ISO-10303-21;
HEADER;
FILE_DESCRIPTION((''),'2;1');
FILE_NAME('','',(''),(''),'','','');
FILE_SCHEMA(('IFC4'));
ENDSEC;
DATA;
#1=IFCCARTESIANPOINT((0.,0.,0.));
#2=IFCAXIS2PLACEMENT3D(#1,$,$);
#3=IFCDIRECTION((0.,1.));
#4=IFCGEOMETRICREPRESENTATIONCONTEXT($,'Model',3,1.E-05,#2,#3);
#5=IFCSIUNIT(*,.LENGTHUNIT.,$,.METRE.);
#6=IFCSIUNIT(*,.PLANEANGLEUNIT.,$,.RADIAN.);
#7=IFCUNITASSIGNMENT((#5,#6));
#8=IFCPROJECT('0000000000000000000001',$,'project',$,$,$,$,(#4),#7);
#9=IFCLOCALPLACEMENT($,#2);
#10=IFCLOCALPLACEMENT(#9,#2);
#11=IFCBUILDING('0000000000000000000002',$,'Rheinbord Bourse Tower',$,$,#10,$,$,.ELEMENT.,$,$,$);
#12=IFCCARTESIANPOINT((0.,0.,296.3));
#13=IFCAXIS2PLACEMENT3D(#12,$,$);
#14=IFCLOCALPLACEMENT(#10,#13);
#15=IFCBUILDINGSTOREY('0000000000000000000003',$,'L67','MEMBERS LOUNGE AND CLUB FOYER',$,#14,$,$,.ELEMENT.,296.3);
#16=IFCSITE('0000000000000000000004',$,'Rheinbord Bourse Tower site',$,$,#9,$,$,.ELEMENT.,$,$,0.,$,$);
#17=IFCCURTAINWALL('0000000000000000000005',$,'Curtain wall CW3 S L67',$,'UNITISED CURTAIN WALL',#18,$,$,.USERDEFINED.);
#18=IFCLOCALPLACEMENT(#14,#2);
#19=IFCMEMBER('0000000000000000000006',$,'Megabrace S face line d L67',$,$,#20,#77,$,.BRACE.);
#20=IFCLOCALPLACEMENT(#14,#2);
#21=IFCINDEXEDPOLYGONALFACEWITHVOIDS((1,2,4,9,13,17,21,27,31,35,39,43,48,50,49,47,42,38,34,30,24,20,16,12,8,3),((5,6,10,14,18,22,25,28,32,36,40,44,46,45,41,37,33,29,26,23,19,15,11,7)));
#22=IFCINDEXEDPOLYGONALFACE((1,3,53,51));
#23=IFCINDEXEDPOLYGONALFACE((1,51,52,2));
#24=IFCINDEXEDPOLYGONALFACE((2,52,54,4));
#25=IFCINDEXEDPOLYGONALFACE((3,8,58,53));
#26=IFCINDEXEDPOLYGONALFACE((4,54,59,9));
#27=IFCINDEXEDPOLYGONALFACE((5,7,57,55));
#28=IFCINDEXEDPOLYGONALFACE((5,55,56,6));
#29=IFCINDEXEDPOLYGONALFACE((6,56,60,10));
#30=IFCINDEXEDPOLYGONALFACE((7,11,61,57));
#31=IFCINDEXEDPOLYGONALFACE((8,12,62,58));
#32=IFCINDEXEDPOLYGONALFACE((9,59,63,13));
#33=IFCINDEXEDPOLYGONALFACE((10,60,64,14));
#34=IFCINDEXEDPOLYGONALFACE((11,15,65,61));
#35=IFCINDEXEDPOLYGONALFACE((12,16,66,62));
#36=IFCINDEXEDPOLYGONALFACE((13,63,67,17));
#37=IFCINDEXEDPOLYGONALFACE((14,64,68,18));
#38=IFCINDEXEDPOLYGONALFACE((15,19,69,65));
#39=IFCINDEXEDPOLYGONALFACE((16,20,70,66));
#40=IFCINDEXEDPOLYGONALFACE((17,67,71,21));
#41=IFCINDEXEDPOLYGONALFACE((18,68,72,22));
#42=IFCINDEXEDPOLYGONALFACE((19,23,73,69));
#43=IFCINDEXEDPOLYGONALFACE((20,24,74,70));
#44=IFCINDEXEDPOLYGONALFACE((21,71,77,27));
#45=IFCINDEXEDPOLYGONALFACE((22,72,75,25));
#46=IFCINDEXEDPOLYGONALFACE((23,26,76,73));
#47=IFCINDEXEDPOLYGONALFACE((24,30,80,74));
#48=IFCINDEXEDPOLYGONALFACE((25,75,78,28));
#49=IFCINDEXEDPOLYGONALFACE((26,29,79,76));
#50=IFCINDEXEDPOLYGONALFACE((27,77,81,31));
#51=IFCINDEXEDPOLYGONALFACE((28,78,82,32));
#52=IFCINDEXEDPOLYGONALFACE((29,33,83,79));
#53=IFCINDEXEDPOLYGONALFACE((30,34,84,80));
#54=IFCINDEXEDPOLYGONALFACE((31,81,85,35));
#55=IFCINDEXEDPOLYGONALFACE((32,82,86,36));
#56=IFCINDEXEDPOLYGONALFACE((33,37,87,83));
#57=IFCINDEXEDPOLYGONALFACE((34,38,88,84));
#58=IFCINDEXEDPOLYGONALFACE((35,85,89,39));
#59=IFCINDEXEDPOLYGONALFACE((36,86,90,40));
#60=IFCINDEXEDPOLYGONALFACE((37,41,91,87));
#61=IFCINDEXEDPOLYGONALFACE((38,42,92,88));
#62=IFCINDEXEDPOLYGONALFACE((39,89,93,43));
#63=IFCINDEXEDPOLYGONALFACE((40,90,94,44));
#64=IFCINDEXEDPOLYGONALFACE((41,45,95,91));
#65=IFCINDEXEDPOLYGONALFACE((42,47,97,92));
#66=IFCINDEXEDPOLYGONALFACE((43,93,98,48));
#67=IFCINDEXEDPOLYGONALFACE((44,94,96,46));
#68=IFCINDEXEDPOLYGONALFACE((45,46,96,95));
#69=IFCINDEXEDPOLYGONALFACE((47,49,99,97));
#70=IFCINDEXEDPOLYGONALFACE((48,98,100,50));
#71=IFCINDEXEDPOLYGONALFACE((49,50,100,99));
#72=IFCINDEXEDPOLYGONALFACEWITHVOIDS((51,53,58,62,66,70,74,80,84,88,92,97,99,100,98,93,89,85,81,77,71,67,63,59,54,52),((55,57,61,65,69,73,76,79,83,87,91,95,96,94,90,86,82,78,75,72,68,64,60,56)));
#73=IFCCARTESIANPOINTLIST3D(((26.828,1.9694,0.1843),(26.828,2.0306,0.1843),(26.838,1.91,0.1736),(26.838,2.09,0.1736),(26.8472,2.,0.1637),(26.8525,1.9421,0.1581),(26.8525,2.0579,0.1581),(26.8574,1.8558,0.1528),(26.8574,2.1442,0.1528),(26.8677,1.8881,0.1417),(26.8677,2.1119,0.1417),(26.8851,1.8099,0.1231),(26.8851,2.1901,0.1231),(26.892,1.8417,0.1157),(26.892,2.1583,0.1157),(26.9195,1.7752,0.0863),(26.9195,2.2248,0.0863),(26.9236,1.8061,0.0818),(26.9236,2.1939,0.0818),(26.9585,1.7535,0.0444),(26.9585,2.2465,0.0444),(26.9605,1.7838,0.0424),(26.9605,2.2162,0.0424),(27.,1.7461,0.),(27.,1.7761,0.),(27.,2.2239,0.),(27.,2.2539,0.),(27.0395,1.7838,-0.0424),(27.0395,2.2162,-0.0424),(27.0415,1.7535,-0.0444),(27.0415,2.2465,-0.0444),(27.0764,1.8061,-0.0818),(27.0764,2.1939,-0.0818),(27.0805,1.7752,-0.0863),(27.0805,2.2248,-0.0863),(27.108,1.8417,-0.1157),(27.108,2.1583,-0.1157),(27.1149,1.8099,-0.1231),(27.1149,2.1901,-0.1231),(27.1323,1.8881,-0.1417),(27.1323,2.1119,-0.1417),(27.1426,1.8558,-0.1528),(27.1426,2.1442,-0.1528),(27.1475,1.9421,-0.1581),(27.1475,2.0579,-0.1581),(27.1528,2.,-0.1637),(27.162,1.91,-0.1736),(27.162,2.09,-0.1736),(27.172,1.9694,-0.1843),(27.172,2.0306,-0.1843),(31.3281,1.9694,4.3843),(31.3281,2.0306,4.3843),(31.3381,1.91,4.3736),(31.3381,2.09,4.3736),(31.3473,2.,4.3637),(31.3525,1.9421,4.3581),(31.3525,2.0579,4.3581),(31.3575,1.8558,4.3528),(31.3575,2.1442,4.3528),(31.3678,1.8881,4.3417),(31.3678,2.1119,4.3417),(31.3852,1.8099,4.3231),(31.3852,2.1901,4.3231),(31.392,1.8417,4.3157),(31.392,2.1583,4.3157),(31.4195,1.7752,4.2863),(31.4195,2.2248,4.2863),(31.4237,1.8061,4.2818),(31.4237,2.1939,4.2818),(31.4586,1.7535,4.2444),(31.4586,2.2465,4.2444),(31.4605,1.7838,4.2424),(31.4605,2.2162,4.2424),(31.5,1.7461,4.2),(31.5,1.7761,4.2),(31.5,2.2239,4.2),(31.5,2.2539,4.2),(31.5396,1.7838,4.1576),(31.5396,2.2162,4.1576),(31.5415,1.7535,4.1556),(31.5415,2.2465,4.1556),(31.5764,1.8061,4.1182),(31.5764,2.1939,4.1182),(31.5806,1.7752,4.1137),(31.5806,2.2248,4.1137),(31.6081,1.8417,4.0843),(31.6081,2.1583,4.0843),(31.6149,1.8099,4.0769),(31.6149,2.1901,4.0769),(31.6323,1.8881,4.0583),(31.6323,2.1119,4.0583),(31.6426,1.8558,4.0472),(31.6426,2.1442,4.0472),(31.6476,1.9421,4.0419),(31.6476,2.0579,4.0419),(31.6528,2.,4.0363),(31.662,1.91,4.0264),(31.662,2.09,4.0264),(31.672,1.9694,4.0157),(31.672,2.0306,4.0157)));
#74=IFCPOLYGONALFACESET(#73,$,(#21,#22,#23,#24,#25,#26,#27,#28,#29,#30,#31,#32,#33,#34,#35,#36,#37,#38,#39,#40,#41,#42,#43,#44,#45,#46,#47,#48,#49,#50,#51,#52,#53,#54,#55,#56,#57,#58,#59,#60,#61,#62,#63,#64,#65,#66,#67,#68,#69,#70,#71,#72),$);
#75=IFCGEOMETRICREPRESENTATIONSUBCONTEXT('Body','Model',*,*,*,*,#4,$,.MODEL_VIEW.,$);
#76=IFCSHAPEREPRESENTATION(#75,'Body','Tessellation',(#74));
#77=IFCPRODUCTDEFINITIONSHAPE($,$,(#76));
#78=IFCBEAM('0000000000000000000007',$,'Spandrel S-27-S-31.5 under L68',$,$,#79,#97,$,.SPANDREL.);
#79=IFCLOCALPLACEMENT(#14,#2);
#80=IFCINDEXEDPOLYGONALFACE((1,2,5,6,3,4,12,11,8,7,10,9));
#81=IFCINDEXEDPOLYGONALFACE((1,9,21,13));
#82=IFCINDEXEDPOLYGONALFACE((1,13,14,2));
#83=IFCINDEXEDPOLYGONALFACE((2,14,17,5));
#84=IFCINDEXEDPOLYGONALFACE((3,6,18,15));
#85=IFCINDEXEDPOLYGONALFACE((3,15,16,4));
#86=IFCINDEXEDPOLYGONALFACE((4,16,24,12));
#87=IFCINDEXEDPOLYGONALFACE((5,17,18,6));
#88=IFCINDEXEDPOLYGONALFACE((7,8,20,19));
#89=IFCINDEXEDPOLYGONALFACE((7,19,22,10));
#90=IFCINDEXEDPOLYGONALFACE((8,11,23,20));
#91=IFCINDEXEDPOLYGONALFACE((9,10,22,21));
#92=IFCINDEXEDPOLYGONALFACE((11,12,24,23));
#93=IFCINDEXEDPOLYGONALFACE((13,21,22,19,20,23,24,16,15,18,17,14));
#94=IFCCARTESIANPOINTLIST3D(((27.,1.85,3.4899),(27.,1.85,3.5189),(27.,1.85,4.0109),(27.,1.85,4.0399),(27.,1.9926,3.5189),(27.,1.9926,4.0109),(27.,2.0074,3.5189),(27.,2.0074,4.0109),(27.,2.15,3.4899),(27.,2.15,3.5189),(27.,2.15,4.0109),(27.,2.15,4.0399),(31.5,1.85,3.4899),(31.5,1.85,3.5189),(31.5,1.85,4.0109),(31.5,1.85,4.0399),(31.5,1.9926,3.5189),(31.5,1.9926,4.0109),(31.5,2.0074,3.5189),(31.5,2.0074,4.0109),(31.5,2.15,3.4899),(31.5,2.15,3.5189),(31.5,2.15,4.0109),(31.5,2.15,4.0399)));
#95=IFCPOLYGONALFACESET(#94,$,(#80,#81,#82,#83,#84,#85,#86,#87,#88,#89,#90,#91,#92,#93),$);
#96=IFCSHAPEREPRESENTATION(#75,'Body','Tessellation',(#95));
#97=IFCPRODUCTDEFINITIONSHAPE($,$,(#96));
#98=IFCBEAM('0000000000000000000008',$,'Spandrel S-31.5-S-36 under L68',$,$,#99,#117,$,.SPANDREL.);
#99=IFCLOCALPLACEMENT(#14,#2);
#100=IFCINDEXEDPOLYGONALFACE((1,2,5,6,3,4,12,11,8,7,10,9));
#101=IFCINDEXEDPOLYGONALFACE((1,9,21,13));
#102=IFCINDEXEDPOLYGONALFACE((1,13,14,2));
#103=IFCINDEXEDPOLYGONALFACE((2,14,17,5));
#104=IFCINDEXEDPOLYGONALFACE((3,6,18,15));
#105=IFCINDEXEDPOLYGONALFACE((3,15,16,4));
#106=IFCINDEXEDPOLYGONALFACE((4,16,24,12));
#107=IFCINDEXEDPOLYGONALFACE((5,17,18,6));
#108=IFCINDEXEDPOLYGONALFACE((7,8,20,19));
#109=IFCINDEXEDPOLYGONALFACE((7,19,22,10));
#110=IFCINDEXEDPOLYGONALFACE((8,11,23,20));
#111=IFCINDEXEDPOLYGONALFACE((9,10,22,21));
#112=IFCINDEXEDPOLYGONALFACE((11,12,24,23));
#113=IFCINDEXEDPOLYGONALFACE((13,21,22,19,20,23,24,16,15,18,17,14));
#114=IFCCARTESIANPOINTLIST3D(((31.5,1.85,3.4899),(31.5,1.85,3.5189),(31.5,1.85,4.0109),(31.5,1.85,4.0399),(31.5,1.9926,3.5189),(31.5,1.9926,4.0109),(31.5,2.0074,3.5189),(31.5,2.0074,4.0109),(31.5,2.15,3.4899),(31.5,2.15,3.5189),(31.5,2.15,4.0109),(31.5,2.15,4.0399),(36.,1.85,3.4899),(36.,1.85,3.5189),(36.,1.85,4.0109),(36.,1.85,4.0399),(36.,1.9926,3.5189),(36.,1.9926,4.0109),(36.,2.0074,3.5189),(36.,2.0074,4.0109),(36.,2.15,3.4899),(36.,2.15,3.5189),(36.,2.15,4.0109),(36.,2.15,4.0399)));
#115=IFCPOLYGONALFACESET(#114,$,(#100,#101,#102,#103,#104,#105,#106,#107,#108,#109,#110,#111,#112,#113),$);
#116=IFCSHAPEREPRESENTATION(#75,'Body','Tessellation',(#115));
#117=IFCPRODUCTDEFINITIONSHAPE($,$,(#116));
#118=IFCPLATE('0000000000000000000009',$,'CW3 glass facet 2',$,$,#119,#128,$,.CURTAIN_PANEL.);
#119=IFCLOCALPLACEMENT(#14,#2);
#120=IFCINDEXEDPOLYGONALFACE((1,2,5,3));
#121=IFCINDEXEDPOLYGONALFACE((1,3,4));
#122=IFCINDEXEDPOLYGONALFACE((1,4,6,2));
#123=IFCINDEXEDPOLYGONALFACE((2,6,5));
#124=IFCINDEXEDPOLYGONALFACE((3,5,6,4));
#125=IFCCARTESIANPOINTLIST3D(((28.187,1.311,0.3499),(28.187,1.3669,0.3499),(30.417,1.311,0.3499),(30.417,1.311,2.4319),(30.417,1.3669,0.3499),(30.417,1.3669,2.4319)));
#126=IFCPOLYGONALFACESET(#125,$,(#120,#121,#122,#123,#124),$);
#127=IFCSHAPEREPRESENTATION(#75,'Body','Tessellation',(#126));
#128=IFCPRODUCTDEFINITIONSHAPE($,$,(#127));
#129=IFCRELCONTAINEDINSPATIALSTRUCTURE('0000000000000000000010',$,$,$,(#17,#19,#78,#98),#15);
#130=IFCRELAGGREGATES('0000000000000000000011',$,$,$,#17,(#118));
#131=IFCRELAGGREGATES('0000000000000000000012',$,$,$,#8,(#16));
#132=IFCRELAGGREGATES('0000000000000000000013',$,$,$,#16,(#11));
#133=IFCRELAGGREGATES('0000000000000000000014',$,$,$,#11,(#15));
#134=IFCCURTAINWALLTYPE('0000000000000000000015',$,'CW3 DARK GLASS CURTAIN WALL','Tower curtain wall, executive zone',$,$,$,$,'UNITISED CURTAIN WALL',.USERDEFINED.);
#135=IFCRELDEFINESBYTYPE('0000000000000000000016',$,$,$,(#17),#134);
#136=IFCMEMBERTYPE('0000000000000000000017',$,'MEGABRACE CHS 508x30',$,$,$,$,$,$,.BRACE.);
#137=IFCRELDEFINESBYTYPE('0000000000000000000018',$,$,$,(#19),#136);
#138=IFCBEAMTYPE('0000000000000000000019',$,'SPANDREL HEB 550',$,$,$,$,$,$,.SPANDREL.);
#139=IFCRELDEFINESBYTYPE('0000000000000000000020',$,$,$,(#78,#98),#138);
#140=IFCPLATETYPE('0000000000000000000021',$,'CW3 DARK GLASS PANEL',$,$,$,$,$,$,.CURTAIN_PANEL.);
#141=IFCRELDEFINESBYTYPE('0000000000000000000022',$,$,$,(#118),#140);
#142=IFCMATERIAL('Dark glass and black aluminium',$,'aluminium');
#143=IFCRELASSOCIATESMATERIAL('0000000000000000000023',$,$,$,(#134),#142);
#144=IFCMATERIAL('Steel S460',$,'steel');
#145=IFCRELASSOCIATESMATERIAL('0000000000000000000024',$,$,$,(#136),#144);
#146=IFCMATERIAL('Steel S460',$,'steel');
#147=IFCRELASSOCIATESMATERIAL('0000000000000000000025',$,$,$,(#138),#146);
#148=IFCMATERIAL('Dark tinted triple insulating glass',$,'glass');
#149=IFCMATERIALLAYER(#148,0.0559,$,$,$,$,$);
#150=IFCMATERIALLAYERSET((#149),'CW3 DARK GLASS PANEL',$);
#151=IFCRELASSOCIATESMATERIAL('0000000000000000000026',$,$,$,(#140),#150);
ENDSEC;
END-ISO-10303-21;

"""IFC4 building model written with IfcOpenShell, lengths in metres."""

from ifc_helpers import new_model, si_unit, direction, frame, origin, origin_2d, place, context, subcontext, project, spatial, polyline, hollow_circle, i_section, outline, extrude, material, layer, layer_set, material_profile, profile_set, type_object, element, aggregate, save


model = new_model("IFC4")

# Units and contexts
model_context = context("Model", 3, precision=1e-05, world=origin(), true_north=direction((0.0, 1.0)))
body_context = subcontext(model_context, "Body", "Model", "MODEL_VIEW")
ifc_project = project(units=[si_unit("LENGTHUNIT", "METRE"), si_unit("PLANEANGLEUNIT", "RADIAN")], contexts=[model_context])

# Site, building, storey
site_placement = place(None, origin())
site = spatial("IfcSite", under=ifc_project, at=site_placement, Name="Rheinbord Bourse Tower site", CompositionType="ELEMENT", RefElevation=0.0)
building_placement = place(site_placement, origin())
building = spatial("IfcBuilding", under=site, at=building_placement, Name="Rheinbord Bourse Tower", CompositionType="ELEMENT")
storey_placement = place(building_placement, frame((0.0, 0.0, 296.3)))
storey = spatial("IfcBuildingStorey", under=building, at=storey_placement, Name="L67", Description="MEMBERS LOUNGE AND CLUB FOYER", CompositionType="ELEMENT", Elevation=296.3)

# Curtain wall
ifc_material_1 = material(Name="Dark glass and black aluminium", Category="aluminium")
curtain_wall_type = type_object("IfcCurtainWallType", Name="CW3 DARK GLASS CURTAIN WALL", Description="Tower curtain wall, executive zone", ElementType="UNITISED CURTAIN WALL", PredefinedType="USERDEFINED", material=ifc_material_1)
curtain_wall_placement = place(storey_placement, origin())
curtain_wall = element("IfcCurtainWall", 1, at=curtain_wall_placement, inside=storey, type_object=curtain_wall_type, Name="Curtain wall CW3 S L67", ObjectType="UNITISED CURTAIN WALL", PredefinedType="USERDEFINED")

# Member
ifc_material_2 = material(Name="Steel S460", Category="steel")
ifc_material_profile_1 = material_profile(ifc_material_2, hollow_circle(Radius=0.2539, WallThickness=0.03, at=origin_2d()), Name="CHS 508x30")
ifc_profile_set_1 = profile_set([ifc_material_profile_1], Name="Steel S460")
member_type_1 = type_object("IfcMemberType", Name="MEGABRACE CHS 508x30", PredefinedType="BRACE", material=ifc_profile_set_1)
member_1_placement = place(storey_placement, frame((27.0, 2.0, 0.0), z_axis=(0.731059, 0.0, 0.682314), x_axis=(0.0, 1.0, 0.0)))
element("IfcMember", 2, at=member_1_placement, inside=storey, type_object=member_type_1, Name="Megabrace S face line d L67", PredefinedType="BRACE", context=body_context, shape_type="SweptSolid", body=[
    extrude(hollow_circle(Radius=0.2539, WallThickness=0.03, at=origin_2d()), origin(), (0.0, 0.0, 1.0), 6.1555),
])

# Beams
ifc_material_3 = material(Name="Steel S460", Category="steel")
ifc_material_profile_2 = material_profile(ifc_material_3, i_section(OverallWidth=0.3, OverallDepth=0.55, WebThickness=0.0149, FlangeThickness=0.0291, at=origin_2d()), Name="HEB 550")
ifc_profile_set_2 = profile_set([ifc_material_profile_2], Name="Steel S460")
beam_type_1 = type_object("IfcBeamType", Name="SPANDREL HEB 550", PredefinedType="SPANDREL", material=ifc_profile_set_2)
for number, where, z_axis, x_axis, name in (
    (3, (27.0, 2.0, 3.7649), (1.0, 0.0, 0.0), (0.0, 1.0, 0.0), "Spandrel S-27-S-31.5 under L68"),
    (4, (31.5, 2.0, 3.7649), (1.0, 0.0, 0.0), (0.0, 1.0, 0.0), "Spandrel S-31.5-S-36 under L68"),
):
    element("IfcBeam", number, at=place(storey_placement, frame(where, z_axis=z_axis, x_axis=x_axis)), inside=storey, type_object=beam_type_1, Name=name, PredefinedType="SPANDREL", context=body_context, shape_type="SweptSolid", body=[
        extrude(i_section(OverallWidth=0.3, OverallDepth=0.55, WebThickness=0.0149, FlangeThickness=0.0291, at=origin_2d()), origin(), (0.0, 0.0, 1.0), 4.5),
    ])

# Plate
ifc_material_4 = material(Name="Dark tinted triple insulating glass", Category="glass")
ifc_layer = layer(ifc_material_4, 0.0559)
ifc_layer_set = layer_set([ifc_layer], Name="CW3 DARK GLASS PANEL")
plate_type = type_object("IfcPlateType", Name="CW3 DARK GLASS PANEL", PredefinedType="CURTAIN_PANEL", material=ifc_layer_set)
plate_placement = place(storey_placement, frame((30.417, 1.311, 0.3499), z_axis=(0.0, 1.0, 0.0), x_axis=(-1.0, 0.0, 0.0)))
plate = element("IfcPlate", 5, at=plate_placement, type_object=plate_type, Name="CW3 glass facet 2", PredefinedType="CURTAIN_PANEL", context=body_context, shape_type="SweptSolid", body=[
    extrude(outline(polyline([(0.0, 0.0), (2.23, 0.0), (0.0, 2.082), (0.0, 0.0)])), origin(), (0.0, 0.0, 1.0), 0.0559),
])
aggregate(curtain_wall, [plate])

save(model, "model.ifc")
